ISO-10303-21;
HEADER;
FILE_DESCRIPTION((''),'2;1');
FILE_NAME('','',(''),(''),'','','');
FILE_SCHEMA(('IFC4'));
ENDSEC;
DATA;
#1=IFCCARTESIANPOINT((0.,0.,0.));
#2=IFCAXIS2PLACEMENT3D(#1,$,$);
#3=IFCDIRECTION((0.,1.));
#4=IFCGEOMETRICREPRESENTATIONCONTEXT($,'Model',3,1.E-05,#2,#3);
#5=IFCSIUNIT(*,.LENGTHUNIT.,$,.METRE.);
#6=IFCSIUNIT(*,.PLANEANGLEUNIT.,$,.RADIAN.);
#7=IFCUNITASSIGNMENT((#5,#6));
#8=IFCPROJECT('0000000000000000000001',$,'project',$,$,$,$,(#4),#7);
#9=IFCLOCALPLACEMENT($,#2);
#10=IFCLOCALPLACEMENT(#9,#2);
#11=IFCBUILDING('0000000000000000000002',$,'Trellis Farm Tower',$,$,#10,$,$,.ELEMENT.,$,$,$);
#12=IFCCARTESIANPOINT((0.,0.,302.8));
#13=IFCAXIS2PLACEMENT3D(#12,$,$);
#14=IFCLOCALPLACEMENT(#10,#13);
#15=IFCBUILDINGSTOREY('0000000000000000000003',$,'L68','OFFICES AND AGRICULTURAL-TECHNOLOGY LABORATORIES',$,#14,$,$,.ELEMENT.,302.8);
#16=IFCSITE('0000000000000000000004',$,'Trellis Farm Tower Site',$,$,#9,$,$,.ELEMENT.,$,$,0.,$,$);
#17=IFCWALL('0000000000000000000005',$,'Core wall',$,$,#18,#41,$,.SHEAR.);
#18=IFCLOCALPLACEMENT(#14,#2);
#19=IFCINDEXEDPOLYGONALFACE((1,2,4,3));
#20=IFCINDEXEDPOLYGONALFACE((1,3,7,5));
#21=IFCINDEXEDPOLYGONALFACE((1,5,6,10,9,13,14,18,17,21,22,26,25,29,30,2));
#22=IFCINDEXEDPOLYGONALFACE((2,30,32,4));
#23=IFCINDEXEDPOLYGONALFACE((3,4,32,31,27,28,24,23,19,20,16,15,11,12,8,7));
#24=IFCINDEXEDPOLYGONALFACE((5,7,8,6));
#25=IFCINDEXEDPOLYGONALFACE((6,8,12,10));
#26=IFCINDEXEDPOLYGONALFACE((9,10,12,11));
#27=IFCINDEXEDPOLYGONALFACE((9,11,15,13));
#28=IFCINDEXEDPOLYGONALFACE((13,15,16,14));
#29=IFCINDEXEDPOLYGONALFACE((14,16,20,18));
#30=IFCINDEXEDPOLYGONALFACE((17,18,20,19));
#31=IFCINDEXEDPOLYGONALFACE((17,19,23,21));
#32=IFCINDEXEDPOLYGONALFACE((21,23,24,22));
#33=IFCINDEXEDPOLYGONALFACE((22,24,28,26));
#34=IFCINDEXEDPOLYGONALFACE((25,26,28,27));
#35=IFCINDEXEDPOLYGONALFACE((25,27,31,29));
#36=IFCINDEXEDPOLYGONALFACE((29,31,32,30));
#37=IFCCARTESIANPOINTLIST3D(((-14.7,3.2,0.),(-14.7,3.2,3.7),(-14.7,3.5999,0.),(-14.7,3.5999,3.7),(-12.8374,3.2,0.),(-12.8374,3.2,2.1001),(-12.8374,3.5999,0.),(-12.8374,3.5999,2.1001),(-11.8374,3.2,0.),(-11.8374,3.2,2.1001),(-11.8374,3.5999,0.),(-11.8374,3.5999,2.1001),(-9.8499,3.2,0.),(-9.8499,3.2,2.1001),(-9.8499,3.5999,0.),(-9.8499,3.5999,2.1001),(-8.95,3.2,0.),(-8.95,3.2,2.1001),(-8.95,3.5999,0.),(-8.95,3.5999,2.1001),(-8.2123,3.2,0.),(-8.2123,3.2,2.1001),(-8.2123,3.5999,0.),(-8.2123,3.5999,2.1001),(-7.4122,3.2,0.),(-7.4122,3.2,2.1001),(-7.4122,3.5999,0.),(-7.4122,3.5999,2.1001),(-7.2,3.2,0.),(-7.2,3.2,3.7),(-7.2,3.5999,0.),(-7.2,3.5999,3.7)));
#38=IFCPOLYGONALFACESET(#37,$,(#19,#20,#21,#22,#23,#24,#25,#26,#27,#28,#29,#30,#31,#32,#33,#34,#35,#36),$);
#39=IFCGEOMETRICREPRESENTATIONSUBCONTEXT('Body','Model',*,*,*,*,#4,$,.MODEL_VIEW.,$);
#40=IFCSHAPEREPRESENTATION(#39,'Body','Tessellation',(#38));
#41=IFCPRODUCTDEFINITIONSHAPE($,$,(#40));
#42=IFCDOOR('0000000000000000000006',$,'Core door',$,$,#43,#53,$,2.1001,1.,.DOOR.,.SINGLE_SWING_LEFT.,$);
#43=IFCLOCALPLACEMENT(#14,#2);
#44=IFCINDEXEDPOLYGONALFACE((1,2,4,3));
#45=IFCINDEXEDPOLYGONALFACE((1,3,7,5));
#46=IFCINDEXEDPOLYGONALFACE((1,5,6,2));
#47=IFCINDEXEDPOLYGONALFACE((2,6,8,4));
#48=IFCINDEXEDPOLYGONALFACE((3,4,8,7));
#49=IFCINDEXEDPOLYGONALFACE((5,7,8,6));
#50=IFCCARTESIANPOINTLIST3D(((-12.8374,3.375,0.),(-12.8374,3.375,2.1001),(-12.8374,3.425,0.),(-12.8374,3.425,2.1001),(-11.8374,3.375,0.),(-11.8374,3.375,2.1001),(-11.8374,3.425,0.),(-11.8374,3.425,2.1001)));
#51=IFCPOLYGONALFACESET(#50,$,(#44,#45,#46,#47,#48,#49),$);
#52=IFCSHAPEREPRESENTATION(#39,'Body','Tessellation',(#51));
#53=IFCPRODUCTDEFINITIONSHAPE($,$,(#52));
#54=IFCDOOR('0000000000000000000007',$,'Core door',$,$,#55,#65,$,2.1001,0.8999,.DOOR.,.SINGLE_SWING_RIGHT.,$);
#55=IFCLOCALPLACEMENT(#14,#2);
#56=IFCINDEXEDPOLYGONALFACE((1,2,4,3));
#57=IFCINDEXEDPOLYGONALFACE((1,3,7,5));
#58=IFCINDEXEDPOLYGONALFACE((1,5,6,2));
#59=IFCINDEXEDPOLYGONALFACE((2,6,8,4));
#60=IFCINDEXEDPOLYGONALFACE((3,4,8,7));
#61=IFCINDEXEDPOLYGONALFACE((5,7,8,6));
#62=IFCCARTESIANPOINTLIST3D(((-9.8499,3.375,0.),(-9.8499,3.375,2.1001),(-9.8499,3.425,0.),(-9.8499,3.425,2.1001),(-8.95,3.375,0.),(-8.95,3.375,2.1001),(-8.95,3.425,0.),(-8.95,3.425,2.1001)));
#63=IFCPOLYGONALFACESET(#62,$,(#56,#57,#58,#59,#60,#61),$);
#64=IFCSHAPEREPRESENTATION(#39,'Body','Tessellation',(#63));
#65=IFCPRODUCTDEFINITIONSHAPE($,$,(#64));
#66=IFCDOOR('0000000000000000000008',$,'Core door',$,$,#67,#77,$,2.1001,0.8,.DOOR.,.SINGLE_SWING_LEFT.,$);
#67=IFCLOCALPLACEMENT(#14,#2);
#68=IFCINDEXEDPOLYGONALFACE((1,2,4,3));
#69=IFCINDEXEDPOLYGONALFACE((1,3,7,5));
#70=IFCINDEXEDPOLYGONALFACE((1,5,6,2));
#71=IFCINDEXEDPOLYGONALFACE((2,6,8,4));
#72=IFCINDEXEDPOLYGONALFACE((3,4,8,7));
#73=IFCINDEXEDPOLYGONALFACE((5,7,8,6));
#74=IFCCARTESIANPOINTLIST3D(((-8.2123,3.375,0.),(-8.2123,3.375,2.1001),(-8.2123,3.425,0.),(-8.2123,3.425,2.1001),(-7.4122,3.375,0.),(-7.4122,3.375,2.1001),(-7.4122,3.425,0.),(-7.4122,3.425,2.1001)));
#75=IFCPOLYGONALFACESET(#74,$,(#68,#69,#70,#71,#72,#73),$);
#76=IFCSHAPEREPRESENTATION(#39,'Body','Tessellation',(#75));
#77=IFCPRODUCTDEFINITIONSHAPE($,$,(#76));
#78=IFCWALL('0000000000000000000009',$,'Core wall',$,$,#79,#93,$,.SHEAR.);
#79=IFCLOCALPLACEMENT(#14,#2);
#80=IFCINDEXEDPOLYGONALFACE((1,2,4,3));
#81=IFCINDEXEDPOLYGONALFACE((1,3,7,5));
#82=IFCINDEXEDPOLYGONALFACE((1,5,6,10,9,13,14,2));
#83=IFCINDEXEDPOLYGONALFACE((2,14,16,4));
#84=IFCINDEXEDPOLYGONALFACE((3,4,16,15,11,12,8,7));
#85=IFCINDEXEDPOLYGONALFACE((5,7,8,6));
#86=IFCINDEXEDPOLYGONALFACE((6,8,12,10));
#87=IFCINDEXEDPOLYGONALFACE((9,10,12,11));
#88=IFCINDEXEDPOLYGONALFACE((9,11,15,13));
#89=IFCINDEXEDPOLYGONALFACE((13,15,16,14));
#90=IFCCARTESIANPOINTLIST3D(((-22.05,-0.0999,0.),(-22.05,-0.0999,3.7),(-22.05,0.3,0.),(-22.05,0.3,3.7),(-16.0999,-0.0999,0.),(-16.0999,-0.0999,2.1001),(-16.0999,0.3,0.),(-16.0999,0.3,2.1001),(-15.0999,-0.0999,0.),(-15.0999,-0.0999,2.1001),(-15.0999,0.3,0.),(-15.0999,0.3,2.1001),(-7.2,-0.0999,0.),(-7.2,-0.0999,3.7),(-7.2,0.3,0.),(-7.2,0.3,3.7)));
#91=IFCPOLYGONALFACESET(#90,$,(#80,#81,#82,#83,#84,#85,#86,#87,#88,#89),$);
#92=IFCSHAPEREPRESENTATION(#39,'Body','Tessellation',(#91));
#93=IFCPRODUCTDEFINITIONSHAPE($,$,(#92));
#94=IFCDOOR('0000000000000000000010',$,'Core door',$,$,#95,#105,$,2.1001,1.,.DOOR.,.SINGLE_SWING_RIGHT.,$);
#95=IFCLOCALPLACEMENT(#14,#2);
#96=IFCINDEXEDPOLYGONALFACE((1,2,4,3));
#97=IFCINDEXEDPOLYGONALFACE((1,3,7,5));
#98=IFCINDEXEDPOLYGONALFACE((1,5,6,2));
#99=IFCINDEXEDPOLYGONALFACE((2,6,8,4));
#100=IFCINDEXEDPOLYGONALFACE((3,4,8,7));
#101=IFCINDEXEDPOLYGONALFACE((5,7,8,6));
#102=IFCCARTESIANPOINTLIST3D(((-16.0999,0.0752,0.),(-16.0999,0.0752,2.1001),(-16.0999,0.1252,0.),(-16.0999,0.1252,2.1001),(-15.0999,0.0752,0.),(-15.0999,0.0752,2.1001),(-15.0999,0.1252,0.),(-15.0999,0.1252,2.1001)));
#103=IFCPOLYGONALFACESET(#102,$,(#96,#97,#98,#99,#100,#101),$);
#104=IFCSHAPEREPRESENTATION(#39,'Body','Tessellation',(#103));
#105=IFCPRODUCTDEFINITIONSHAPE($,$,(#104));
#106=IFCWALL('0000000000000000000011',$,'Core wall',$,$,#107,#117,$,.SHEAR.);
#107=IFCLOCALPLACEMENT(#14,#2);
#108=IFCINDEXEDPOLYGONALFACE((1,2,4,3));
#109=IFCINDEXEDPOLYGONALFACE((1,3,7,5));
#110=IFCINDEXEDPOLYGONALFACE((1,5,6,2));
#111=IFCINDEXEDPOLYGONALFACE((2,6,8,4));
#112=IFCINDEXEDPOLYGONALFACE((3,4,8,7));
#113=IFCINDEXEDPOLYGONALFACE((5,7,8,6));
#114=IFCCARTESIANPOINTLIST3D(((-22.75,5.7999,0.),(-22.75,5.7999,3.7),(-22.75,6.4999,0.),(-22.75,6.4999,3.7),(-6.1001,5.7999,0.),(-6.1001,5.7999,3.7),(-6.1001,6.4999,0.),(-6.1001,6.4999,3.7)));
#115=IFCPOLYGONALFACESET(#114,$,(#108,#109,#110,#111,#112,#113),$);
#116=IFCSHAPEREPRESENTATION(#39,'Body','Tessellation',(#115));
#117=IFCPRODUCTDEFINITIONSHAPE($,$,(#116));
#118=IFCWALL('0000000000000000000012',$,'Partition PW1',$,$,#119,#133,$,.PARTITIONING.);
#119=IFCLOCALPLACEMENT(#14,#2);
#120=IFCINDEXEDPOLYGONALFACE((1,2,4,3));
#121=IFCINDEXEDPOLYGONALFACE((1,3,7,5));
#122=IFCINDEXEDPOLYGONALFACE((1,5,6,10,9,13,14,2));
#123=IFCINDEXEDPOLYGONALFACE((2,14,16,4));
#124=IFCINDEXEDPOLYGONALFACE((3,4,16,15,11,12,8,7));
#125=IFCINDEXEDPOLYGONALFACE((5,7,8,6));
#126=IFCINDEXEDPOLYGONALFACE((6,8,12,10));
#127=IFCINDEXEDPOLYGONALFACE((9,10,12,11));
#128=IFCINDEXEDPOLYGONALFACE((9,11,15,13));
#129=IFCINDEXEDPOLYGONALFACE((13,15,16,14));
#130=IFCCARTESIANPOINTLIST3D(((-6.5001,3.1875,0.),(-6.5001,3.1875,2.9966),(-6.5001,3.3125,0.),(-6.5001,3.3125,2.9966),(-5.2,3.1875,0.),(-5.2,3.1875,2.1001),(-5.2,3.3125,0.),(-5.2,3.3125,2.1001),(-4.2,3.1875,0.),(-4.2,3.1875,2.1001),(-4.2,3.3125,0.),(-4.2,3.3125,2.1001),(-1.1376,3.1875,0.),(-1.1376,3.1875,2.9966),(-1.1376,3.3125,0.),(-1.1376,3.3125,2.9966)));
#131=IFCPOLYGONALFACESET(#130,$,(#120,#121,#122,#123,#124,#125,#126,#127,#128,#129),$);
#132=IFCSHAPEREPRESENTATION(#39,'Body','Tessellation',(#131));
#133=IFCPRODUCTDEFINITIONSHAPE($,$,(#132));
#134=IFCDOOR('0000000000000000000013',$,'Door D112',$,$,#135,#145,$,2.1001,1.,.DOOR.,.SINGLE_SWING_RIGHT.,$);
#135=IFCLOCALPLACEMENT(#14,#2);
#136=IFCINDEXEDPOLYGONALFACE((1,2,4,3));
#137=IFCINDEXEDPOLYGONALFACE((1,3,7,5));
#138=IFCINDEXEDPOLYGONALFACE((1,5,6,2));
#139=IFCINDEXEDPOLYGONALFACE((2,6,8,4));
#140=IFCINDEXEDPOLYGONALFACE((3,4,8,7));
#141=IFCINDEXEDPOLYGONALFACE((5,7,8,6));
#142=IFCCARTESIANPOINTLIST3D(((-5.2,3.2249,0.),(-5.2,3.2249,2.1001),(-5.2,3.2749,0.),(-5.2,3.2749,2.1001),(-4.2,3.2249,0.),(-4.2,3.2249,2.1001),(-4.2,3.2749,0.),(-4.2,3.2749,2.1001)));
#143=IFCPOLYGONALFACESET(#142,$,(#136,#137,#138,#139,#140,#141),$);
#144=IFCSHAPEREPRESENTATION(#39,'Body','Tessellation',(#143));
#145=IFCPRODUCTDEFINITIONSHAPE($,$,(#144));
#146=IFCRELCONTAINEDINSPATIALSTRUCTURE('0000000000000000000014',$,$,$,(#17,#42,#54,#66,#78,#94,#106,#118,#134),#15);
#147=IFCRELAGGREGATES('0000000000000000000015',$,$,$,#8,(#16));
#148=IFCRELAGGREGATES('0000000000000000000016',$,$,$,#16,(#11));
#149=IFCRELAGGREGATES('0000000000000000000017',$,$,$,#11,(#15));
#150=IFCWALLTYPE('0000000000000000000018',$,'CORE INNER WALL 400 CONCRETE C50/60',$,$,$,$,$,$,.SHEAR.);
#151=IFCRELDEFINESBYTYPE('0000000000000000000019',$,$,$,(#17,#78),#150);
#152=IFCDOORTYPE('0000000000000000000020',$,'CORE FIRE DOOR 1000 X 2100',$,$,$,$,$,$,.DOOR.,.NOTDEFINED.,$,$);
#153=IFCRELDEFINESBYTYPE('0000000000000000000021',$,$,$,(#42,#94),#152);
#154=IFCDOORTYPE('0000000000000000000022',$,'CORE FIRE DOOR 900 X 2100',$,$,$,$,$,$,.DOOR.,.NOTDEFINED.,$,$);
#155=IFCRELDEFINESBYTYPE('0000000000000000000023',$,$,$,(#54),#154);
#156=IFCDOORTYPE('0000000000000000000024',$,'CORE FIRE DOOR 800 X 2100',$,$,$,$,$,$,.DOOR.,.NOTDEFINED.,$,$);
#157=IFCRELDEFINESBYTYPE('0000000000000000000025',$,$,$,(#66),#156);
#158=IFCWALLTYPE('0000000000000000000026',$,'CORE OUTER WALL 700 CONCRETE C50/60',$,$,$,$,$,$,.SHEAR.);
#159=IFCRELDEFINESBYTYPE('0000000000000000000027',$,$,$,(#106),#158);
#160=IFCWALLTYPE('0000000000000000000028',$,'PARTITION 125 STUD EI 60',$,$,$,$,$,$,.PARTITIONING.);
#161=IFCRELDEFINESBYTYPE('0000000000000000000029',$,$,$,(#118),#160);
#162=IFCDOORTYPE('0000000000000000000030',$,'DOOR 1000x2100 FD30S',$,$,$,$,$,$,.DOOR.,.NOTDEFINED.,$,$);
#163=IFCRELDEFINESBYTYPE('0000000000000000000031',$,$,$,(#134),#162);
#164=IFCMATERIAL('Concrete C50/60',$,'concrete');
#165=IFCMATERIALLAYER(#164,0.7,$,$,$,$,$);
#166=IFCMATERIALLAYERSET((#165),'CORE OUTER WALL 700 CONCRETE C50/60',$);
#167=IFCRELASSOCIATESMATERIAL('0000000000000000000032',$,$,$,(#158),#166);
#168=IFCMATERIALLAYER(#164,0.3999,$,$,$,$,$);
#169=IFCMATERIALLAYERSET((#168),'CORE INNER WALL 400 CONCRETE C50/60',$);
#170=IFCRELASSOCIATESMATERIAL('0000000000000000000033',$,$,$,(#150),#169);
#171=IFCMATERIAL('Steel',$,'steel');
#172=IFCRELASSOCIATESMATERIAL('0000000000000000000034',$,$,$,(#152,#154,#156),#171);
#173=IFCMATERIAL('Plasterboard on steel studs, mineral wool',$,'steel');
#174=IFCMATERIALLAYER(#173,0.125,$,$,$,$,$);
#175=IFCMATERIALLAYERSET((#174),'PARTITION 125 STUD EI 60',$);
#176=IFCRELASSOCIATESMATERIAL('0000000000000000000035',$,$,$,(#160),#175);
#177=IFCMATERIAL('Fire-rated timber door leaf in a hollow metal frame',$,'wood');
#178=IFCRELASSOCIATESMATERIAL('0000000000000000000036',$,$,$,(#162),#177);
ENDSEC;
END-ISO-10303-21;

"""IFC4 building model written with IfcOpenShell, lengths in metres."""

from ifc_helpers import new_model, si_unit, direction, frame, frame_2d, origin, place, context, subcontext, project, spatial, rectangle, extrude, source, transform, mapped, material, layer, layer_set, type_object, element, fill, save


model = new_model("IFC4")

# Units and contexts
model_context = context("Model", 3, precision=1e-05, world=origin(), true_north=direction((0.0, 1.0)))
body_context = subcontext(model_context, "Body", "Model", "MODEL_VIEW")
ifc_project = project(units=[si_unit("LENGTHUNIT", "METRE"), si_unit("PLANEANGLEUNIT", "RADIAN")], contexts=[model_context])

# Site, building, storey
site_placement = place(None, origin())
site = spatial("IfcSite", under=ifc_project, at=site_placement, Name="Trellis Farm Tower Site", CompositionType="ELEMENT", RefElevation=0.0)
building_placement = place(site_placement, origin())
building = spatial("IfcBuilding", under=site, at=building_placement, Name="Trellis Farm Tower", CompositionType="ELEMENT")
storey_placement = place(building_placement, frame((0.0, 0.0, 302.8)))
storey = spatial("IfcBuildingStorey", under=building, at=storey_placement, Name="L68", Description="OFFICES AND AGRICULTURAL-TECHNOLOGY LABORATORIES", CompositionType="ELEMENT", Elevation=302.8)

# Shared definitions
ifc_material_1 = material(Name="Concrete C50/60", Category="concrete")
ifc_layer_1 = layer(ifc_material_1, 0.7)
ifc_layer_set_1 = layer_set([ifc_layer_1], Name="CORE OUTER WALL 700 CONCRETE C50/60")
wall_type_1 = type_object("IfcWallType", Name="CORE OUTER WALL 700 CONCRETE C50/60", PredefinedType="SHEAR", material=ifc_layer_set_1)
ifc_material_2 = material(Name="Steel", Category="steel")

# Wall, openings, doors
ifc_layer_2 = layer(ifc_material_1, 0.3999)
ifc_layer_set_2 = layer_set([ifc_layer_2], Name="CORE INNER WALL 400 CONCRETE C50/60")
wall_type_2 = type_object("IfcWallType", Name="CORE INNER WALL 400 CONCRETE C50/60", PredefinedType="SHEAR", material=ifc_layer_set_2)
shared_shape_1 = source(origin(), body_context, "Body", "SweptSolid", [
    extrude(rectangle(XDim=7.5, YDim=0.3999, at=frame_2d((3.75, 0.0))), origin(), (0.0, 0.0, 1.0), 3.7),
])
wall_1_placement = place(storey_placement, frame((-7.2, 3.3999, 0.0), z_axis=(0.0, 0.0, 1.0), x_axis=(-1.0, 0.0, 0.0)))
wall_1 = element("IfcWall", 1, at=wall_1_placement, inside=storey, type_object=wall_type_2, Name="Core wall", PredefinedType="SHEAR", context=body_context, shape_type="MappedRepresentation", body=[
    mapped(shared_shape_1, transform((0.0, 0.0, 0.0))),
])
shared_shape_2 = source(origin(), body_context, "Body", "SweptSolid", [
    extrude(rectangle(XDim=0.8, YDim=2.1001, at=frame_2d((0.3999, 1.05))), frame((0.0, 0.21, 0.0), z_axis=(0.0, -1.0, 0.0), x_axis=(1.0, 0.0, 0.0)), (0.0, 0.0, 1.0), 0.4199),
])
opening_1_placement = place(wall_1_placement, frame((0.2124, 0.0, 0.0)))
opening_1 = element("IfcOpeningElement", 2, at=opening_1_placement, cuts=wall_1, PredefinedType="OPENING", context=body_context, shape_type="MappedRepresentation", body=[
    mapped(shared_shape_2, transform((0.0, 0.0, 0.0))),
])
shared_shape_3 = source(origin(), body_context, "Body", "SweptSolid", [
    extrude(rectangle(XDim=0.8999, YDim=2.1001, at=frame_2d((0.45, 1.05))), frame((0.0, 0.21, 0.0), z_axis=(0.0, -1.0, 0.0), x_axis=(1.0, 0.0, 0.0)), (0.0, 0.0, 1.0), 0.4199),
])
opening_2_placement = place(wall_1_placement, frame((1.75, 0.0, 0.0)))
opening_2 = element("IfcOpeningElement", 3, at=opening_2_placement, cuts=wall_1, PredefinedType="OPENING", context=body_context, shape_type="MappedRepresentation", body=[
    mapped(shared_shape_3, transform((0.0, 0.0, 0.0))),
])
shared_shape_4 = source(origin(), body_context, "Body", "SweptSolid", [
    extrude(rectangle(XDim=1.0, YDim=2.1001, at=frame_2d((0.5, 1.05))), frame((0.0, 0.21, 0.0), z_axis=(0.0, -1.0, 0.0), x_axis=(1.0, 0.0, 0.0)), (0.0, 0.0, 1.0), 0.4199),
])
opening_3_placement = place(wall_1_placement, frame((4.6375, 0.0, 0.0)))
opening_3 = element("IfcOpeningElement", 4, at=opening_3_placement, cuts=wall_1, PredefinedType="OPENING", context=body_context, shape_type="MappedRepresentation", body=[
    mapped(shared_shape_4, transform((0.0, 0.0, 0.0))),
])
door_type_1 = type_object("IfcDoorType", Name="CORE FIRE DOOR 1000 X 2100", OperationType="NOTDEFINED", PredefinedType="DOOR", material=ifc_material_2)
shared_shape_5 = source(origin(), body_context, "Body", "SweptSolid", [
    extrude(rectangle(XDim=1.0, YDim=2.1001, at=frame_2d((0.5, 1.05))), frame((0.0, 0.0249, 0.0), z_axis=(0.0, -1.0, 0.0), x_axis=(1.0, 0.0, 0.0)), (0.0, 0.0, 1.0), 0.05),
])
door_1_placement = place(opening_3_placement, origin())
door_1 = element("IfcDoor", 5, at=door_1_placement, inside=storey, type_object=door_type_1, Name="Core door", OperationType="SINGLE_SWING_LEFT", OverallHeight=2.1001, OverallWidth=1.0, PredefinedType="DOOR", context=body_context, shape_type="MappedRepresentation", body=[
    mapped(shared_shape_5, transform((0.0, 0.0, 0.0))),
])
fill(opening_3, door_1)
door_type_2 = type_object("IfcDoorType", Name="CORE FIRE DOOR 900 X 2100", OperationType="NOTDEFINED", PredefinedType="DOOR", material=ifc_material_2)
shared_shape_6 = source(origin(), body_context, "Body", "SweptSolid", [
    extrude(rectangle(XDim=0.8999, YDim=2.1001, at=frame_2d((0.45, 1.05))), frame((0.0, 0.0249, 0.0), z_axis=(0.0, -1.0, 0.0), x_axis=(1.0, 0.0, 0.0)), (0.0, 0.0, 1.0), 0.05),
])
door_2_placement = place(opening_2_placement, origin())
door_2 = element("IfcDoor", 6, at=door_2_placement, inside=storey, type_object=door_type_2, Name="Core door", OperationType="SINGLE_SWING_RIGHT", OverallHeight=2.1001, OverallWidth=0.8999, PredefinedType="DOOR", context=body_context, shape_type="MappedRepresentation", body=[
    mapped(shared_shape_6, transform((0.0, 0.0, 0.0))),
])
fill(opening_2, door_2)
door_type_3 = type_object("IfcDoorType", Name="CORE FIRE DOOR 800 X 2100", OperationType="NOTDEFINED", PredefinedType="DOOR", material=ifc_material_2)
shared_shape_7 = source(origin(), body_context, "Body", "SweptSolid", [
    extrude(rectangle(XDim=0.8, YDim=2.1001, at=frame_2d((0.3999, 1.05))), frame((0.0, 0.0249, 0.0), z_axis=(0.0, -1.0, 0.0), x_axis=(1.0, 0.0, 0.0)), (0.0, 0.0, 1.0), 0.05),
])
door_3_placement = place(opening_1_placement, origin())
door_3 = element("IfcDoor", 7, at=door_3_placement, inside=storey, type_object=door_type_3, Name="Core door", OperationType="SINGLE_SWING_LEFT", OverallHeight=2.1001, OverallWidth=0.8, PredefinedType="DOOR", context=body_context, shape_type="MappedRepresentation", body=[
    mapped(shared_shape_7, transform((0.0, 0.0, 0.0))),
])
fill(opening_1, door_3)

# Wall, opening, door
shared_shape_8 = source(origin(), body_context, "Body", "SweptSolid", [
    extrude(rectangle(XDim=14.8501, YDim=0.3999, at=frame_2d((7.425, 0.0))), origin(), (0.0, 0.0, 1.0), 3.7),
])
wall_2_placement = place(storey_placement, frame((-7.2, 0.1001, 0.0), z_axis=(0.0, 0.0, 1.0), x_axis=(-1.0, 0.0, 0.0)))
wall_2 = element("IfcWall", 8, at=wall_2_placement, inside=storey, type_object=wall_type_2, Name="Core wall", PredefinedType="SHEAR", context=body_context, shape_type="MappedRepresentation", body=[
    mapped(shared_shape_8, transform((0.0, 0.0, 0.0))),
])
opening_4_placement = place(wall_2_placement, frame((7.8999, 0.0, 0.0)))
opening_4 = element("IfcOpeningElement", 9, at=opening_4_placement, cuts=wall_2, PredefinedType="OPENING", context=body_context, shape_type="MappedRepresentation", body=[
    mapped(shared_shape_4, transform((0.0, 0.0, 0.0))),
])
door_4_placement = place(opening_4_placement, origin())
door_4 = element("IfcDoor", 10, at=door_4_placement, inside=storey, type_object=door_type_1, Name="Core door", OperationType="SINGLE_SWING_RIGHT", OverallHeight=2.1001, OverallWidth=1.0, PredefinedType="DOOR", context=body_context, shape_type="MappedRepresentation", body=[
    mapped(shared_shape_5, transform((0.0, 0.0, 0.0))),
])
fill(opening_4, door_4)

# Wall
shared_shape_9 = source(origin(), body_context, "Body", "SweptSolid", [
    extrude(rectangle(XDim=16.6499, YDim=0.7, at=frame_2d((8.325, 0.0))), origin(), (0.0, 0.0, 1.0), 3.7),
])
wall_3_placement = place(storey_placement, frame((-6.1001, 6.1499, 0.0), z_axis=(0.0, 0.0, 1.0), x_axis=(-1.0, 0.0, 0.0)))
element("IfcWall", 11, at=wall_3_placement, inside=storey, type_object=wall_type_1, Name="Core wall", PredefinedType="SHEAR", context=body_context, shape_type="MappedRepresentation", body=[
    mapped(shared_shape_9, transform((0.0, 0.0, 0.0))),
])

# Wall, opening, door
ifc_material_3 = material(Name="Plasterboard on steel studs, mineral wool", Category="steel")
ifc_layer_3 = layer(ifc_material_3, 0.125)
ifc_layer_set_3 = layer_set([ifc_layer_3], Name="PARTITION 125 STUD EI 60")
wall_type_3 = type_object("IfcWallType", Name="PARTITION 125 STUD EI 60", PredefinedType="PARTITIONING", material=ifc_layer_set_3)
shared_shape_10 = source(origin(), body_context, "Body", "SweptSolid", [
    extrude(rectangle(XDim=5.3625, YDim=0.125, at=frame_2d((2.6812, 0.0))), origin(), (0.0, 0.0, 1.0), 2.9966),
])
wall_4_placement = place(storey_placement, frame((-6.5, 3.25, 0.0), z_axis=(0.0, 0.0, 1.0), x_axis=(1.0, 0.0, 0.0)))
wall_4 = element("IfcWall", 12, at=wall_4_placement, inside=storey, type_object=wall_type_3, Name="Partition PW1", PredefinedType="PARTITIONING", context=body_context, shape_type="MappedRepresentation", body=[
    mapped(shared_shape_10, transform((0.0, 0.0, 0.0))),
])
shared_shape_11 = source(origin(), body_context, "Body", "SweptSolid", [
    extrude(rectangle(XDim=1.0, YDim=2.1001, at=frame_2d((0.5, 1.05))), frame((0.0, 0.0725, 0.0), z_axis=(0.0, -1.0, 0.0), x_axis=(1.0, 0.0, 0.0)), (0.0, 0.0, 1.0), 0.145),
])
opening_5_placement = place(wall_4_placement, frame((1.3, 0.0, 0.0)))
opening_5 = element("IfcOpeningElement", 13, at=opening_5_placement, cuts=wall_4, PredefinedType="OPENING", context=body_context, shape_type="MappedRepresentation", body=[
    mapped(shared_shape_11, transform((0.0, 0.0, 0.0))),
])
ifc_material_4 = material(Name="Fire-rated timber door leaf in a hollow metal frame", Category="wood")
door_type_4 = type_object("IfcDoorType", Name="DOOR 1000x2100 FD30S", OperationType="NOTDEFINED", PredefinedType="DOOR", material=ifc_material_4)
door_5_placement = place(opening_5_placement, origin())
door_5 = element("IfcDoor", 14, at=door_5_placement, inside=storey, type_object=door_type_4, Name="Door D112", OperationType="SINGLE_SWING_RIGHT", OverallHeight=2.1001, OverallWidth=1.0, PredefinedType="DOOR", context=body_context, shape_type="MappedRepresentation", body=[
    mapped(shared_shape_5, transform((0.0, 0.0, 0.0))),
])
fill(opening_5, door_5)

save(model, "model.ifc")
